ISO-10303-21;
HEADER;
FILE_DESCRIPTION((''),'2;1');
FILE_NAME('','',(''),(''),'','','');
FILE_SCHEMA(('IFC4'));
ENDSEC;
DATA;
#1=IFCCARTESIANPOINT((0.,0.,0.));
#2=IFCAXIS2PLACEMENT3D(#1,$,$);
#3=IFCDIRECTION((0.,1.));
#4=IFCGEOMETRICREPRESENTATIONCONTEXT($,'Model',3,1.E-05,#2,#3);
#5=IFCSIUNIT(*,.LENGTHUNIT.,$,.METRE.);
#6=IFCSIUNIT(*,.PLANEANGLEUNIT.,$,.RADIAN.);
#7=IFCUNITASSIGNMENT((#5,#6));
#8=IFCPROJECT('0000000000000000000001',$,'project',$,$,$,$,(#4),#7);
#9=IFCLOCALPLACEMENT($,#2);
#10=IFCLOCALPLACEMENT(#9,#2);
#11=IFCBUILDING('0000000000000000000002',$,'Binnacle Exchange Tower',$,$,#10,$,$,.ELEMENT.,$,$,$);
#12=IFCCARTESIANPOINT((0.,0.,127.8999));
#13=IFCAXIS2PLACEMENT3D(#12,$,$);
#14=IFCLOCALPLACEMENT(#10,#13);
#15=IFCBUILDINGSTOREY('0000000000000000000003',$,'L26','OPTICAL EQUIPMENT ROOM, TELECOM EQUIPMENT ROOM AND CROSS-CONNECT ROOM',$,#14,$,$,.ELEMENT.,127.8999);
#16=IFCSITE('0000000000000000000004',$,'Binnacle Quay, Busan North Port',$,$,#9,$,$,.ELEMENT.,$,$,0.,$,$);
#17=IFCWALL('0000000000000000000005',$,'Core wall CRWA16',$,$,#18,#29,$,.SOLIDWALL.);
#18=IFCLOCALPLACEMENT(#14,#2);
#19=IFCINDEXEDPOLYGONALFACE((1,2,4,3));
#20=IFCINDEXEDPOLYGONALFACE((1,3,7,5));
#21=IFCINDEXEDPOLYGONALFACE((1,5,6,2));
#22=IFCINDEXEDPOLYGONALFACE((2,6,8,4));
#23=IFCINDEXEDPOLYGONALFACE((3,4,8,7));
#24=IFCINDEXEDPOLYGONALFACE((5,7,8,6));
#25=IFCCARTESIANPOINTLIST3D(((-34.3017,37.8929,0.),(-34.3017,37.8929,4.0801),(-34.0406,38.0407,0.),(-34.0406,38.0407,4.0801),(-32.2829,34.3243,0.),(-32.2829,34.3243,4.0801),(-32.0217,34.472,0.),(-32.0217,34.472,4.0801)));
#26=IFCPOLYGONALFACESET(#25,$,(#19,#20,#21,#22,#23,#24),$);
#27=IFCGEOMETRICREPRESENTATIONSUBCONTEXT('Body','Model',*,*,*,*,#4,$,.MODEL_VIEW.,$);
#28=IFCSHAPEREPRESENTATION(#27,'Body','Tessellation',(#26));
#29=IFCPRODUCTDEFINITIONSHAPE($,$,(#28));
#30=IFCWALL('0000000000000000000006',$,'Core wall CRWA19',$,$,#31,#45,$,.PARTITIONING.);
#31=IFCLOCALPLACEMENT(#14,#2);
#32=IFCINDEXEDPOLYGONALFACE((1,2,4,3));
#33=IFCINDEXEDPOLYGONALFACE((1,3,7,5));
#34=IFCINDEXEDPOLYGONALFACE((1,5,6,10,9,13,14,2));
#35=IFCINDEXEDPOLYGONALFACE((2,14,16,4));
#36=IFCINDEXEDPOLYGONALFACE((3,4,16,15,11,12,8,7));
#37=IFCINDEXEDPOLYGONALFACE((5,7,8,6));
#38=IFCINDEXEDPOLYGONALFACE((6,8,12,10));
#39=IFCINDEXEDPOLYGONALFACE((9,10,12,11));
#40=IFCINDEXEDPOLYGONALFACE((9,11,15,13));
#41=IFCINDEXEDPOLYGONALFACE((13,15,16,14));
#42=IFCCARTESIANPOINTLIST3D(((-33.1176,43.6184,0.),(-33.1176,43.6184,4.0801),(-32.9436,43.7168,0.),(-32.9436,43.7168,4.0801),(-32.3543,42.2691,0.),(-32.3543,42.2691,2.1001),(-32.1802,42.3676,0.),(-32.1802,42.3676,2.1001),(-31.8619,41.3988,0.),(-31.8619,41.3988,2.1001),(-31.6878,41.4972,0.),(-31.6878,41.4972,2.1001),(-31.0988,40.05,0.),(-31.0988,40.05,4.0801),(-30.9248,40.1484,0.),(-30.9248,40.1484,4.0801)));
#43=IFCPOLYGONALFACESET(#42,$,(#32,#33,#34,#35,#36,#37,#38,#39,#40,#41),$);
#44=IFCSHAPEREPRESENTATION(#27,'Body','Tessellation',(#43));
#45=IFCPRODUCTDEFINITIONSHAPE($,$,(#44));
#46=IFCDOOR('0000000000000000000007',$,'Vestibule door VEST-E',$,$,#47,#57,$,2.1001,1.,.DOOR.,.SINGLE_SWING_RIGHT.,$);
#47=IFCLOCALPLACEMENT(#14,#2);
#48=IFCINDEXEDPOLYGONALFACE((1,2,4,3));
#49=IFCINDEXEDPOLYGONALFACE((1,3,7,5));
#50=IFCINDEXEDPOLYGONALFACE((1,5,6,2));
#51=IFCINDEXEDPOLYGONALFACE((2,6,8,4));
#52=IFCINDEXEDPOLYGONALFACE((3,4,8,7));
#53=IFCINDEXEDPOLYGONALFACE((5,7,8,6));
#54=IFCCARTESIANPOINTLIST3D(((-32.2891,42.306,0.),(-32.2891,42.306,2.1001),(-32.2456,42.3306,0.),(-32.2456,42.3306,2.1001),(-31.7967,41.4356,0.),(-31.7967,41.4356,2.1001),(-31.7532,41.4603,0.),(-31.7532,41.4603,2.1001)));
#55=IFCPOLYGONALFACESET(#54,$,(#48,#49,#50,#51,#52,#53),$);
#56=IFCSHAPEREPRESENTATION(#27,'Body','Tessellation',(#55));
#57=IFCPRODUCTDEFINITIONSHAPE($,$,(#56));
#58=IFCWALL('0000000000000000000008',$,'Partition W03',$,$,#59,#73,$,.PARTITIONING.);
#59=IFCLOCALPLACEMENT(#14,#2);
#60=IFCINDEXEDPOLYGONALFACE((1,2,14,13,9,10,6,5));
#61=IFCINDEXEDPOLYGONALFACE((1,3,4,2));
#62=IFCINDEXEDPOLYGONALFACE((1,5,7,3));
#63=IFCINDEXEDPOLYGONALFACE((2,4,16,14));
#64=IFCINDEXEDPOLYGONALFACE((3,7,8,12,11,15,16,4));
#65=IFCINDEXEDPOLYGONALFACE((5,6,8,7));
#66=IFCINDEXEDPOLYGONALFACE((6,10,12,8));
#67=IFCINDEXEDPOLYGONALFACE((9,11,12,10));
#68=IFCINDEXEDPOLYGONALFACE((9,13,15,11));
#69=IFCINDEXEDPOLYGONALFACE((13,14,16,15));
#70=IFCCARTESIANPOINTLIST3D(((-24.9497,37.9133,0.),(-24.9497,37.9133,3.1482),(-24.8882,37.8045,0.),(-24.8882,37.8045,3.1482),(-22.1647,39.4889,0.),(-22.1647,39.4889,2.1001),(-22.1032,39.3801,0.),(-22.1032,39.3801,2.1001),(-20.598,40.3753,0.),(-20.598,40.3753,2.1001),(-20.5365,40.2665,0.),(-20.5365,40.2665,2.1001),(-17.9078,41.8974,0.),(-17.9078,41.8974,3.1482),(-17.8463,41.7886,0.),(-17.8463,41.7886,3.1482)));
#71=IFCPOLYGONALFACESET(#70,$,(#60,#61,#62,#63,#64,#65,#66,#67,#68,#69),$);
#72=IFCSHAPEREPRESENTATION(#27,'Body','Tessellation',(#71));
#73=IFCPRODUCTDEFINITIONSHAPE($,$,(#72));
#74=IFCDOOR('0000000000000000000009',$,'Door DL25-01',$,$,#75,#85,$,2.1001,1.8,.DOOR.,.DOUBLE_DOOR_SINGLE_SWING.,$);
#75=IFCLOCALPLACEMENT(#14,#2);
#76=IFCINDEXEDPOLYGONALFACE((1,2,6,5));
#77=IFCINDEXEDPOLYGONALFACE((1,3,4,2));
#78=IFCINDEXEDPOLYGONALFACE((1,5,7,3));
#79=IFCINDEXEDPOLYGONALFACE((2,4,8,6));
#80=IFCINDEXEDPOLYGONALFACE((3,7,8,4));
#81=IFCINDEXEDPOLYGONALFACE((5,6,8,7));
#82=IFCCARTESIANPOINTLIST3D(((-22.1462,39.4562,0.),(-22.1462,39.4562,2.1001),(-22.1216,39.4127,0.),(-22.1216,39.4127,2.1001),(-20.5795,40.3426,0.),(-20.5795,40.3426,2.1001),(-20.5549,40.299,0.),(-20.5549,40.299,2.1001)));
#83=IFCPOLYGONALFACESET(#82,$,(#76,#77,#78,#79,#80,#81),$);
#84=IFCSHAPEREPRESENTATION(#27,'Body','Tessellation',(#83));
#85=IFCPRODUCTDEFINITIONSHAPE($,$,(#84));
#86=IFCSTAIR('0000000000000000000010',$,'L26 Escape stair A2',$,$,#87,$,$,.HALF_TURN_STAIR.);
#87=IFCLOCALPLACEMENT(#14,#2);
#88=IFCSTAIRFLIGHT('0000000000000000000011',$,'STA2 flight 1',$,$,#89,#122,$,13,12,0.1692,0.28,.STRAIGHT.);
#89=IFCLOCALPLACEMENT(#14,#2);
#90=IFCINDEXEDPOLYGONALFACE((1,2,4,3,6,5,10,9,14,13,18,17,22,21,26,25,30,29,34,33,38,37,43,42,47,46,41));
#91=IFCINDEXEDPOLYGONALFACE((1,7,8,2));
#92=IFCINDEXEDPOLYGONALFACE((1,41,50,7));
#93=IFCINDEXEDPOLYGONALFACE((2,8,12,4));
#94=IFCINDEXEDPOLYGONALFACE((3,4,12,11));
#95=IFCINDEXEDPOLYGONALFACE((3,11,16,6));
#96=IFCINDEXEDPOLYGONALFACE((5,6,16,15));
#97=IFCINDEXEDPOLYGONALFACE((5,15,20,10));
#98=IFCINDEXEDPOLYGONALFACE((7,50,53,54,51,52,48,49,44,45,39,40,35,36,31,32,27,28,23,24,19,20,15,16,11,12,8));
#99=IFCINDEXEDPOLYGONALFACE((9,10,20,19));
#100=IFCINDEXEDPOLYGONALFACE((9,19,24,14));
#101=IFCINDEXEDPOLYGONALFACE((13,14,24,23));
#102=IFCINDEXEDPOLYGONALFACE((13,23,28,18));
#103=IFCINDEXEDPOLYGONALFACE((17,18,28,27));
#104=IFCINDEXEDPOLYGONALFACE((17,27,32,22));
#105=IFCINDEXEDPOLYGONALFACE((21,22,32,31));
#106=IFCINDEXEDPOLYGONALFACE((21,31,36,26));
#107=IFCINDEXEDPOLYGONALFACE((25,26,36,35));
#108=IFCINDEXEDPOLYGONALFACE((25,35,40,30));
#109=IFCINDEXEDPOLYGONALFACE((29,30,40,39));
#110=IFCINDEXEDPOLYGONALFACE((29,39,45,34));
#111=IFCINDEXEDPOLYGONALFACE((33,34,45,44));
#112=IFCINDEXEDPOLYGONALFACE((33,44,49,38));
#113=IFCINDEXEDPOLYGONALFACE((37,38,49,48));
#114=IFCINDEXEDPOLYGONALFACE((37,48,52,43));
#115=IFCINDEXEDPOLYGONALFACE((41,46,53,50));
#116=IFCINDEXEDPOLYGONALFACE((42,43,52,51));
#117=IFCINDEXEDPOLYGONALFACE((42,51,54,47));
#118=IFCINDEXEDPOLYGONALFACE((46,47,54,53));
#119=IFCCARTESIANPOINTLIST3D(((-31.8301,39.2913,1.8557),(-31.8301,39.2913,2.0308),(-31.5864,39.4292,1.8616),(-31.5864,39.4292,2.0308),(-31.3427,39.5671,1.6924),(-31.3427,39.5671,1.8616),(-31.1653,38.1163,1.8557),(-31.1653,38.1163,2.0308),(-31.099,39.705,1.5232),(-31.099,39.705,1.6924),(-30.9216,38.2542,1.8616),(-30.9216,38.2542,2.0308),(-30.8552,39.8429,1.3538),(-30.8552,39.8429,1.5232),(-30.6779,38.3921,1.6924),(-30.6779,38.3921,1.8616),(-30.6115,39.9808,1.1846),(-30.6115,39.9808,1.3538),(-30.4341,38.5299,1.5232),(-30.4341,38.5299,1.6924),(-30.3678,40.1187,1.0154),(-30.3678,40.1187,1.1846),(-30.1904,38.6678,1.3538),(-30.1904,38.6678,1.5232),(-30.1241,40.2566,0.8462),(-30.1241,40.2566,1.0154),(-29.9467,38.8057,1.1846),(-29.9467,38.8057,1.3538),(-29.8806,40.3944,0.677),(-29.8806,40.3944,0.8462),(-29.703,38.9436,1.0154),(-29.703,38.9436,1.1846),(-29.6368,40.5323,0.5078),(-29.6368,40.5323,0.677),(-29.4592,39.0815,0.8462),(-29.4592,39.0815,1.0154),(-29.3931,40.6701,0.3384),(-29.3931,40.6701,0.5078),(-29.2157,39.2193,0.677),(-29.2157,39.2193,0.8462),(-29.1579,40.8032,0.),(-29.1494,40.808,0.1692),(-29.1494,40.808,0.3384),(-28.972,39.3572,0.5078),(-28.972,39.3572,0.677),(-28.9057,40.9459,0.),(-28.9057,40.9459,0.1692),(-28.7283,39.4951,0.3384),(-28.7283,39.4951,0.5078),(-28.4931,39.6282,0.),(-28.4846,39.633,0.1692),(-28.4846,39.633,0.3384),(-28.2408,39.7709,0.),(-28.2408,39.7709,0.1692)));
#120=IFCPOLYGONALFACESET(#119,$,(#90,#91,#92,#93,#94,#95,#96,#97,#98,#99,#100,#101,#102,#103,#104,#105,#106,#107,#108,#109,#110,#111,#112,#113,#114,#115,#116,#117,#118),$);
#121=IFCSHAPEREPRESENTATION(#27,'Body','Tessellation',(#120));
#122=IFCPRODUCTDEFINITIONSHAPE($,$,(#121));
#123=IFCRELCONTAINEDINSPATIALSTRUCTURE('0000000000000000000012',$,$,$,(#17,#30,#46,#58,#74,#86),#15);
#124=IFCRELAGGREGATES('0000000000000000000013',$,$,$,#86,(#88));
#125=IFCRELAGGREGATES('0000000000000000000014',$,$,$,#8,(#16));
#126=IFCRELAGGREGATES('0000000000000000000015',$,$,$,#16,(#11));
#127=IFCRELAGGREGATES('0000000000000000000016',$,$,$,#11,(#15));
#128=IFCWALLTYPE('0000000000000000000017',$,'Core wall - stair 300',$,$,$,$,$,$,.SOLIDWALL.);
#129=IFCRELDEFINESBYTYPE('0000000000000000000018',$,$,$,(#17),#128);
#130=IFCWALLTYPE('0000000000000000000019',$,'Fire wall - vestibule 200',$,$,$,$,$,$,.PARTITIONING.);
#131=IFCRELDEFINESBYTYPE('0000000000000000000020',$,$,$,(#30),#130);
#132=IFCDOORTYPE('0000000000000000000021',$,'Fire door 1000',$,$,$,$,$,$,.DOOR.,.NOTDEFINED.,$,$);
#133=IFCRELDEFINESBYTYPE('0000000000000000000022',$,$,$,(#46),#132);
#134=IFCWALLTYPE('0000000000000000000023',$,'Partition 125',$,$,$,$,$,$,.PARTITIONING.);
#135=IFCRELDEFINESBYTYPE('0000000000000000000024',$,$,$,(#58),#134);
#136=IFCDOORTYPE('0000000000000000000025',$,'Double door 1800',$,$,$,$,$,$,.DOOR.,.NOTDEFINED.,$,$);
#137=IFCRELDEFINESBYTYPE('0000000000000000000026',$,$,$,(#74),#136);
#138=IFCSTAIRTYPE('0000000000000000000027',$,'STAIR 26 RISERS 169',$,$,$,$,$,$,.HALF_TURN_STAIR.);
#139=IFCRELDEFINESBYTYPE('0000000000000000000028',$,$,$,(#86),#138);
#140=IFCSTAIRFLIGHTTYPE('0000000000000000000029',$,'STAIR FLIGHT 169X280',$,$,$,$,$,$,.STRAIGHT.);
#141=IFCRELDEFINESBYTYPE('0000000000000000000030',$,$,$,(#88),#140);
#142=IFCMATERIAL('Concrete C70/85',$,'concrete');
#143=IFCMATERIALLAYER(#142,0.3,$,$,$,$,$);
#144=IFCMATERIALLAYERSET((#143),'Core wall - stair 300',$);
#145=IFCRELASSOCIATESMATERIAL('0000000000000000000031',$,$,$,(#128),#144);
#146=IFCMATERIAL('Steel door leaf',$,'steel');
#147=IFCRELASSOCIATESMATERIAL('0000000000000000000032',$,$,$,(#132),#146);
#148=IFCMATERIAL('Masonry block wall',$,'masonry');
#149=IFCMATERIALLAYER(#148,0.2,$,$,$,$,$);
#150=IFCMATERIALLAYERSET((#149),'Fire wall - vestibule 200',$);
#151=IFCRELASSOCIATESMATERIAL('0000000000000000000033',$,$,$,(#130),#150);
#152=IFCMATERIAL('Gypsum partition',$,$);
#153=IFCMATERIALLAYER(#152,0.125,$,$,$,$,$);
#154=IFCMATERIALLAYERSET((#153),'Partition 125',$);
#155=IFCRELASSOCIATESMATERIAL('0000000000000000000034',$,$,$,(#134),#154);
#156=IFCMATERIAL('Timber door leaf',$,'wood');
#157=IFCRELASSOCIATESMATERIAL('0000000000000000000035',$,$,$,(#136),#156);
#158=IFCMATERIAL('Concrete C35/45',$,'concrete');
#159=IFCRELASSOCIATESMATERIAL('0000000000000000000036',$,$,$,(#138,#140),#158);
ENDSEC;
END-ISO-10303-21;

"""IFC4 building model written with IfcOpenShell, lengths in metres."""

from ifc_helpers import new_model, si_unit, direction, frame, frame_2d, origin, place, context, subcontext, project, spatial, polyline, rectangle, outline, extrude, material, layer, layer_set, type_object, element, fill, aggregate, save


model = new_model("IFC4")

# Units and contexts
model_context = context("Model", 3, precision=1e-05, world=origin(), true_north=direction((0.0, 1.0)))
body_context = subcontext(model_context, "Body", "Model", "MODEL_VIEW")
ifc_project = project(units=[si_unit("LENGTHUNIT", "METRE"), si_unit("PLANEANGLEUNIT", "RADIAN")], contexts=[model_context])

# Site, building, storey
site_placement = place(None, origin())
site = spatial("IfcSite", under=ifc_project, at=site_placement, Name="Binnacle Quay, Busan North Port", CompositionType="ELEMENT", RefElevation=0.0)
building_placement = place(site_placement, origin())
building = spatial("IfcBuilding", under=site, at=building_placement, Name="Binnacle Exchange Tower", CompositionType="ELEMENT")
storey_placement = place(building_placement, frame((0.0, 0.0, 127.8999)))
storey = spatial("IfcBuildingStorey", under=building, at=storey_placement, Name="L26", Description="OPTICAL EQUIPMENT ROOM, TELECOM EQUIPMENT ROOM AND CROSS-CONNECT ROOM", CompositionType="ELEMENT", Elevation=127.8999)

# Shared definitions
ifc_material_1 = material(Name="Concrete C70/85", Category="concrete")

# Shared definitions
ifc_material_2 = material(Name="Steel door leaf", Category="steel")

# Shared definitions
ifc_layer_1 = layer(ifc_material_1, 0.3)
ifc_layer_set_1 = layer_set([ifc_layer_1], Name="Core wall - stair 300")
wall_type_1 = type_object("IfcWallType", Name="Core wall - stair 300", PredefinedType="SOLIDWALL", material=ifc_layer_set_1)
door_type_1 = type_object("IfcDoorType", Name="Fire door 1000", OperationType="NOTDEFINED", PredefinedType="DOOR", material=ifc_material_2)

# Wall
wall_1_placement = place(storey_placement, frame((-34.1711, 37.9668, 0.0), z_axis=(0.0, 0.0, 1.0), x_axis=(0.492383, -0.870379, 0.0)))
element("IfcWall", 1, at=wall_1_placement, inside=storey, type_object=wall_type_1, Name="Core wall CRWA16", PredefinedType="SOLIDWALL", context=body_context, shape_type="SweptSolid", body=[
    extrude(rectangle(XDim=4.1001, YDim=0.3, at=frame_2d((2.05, 0.0))), origin(), (0.0, 0.0, 1.0), 4.0801),
])

# Walls, openings, doors
ifc_material_3 = material(Name="Masonry block wall", Category="masonry")
ifc_layer_2 = layer(ifc_material_3, 0.2)
ifc_layer_set_2 = layer_set([ifc_layer_2], Name="Fire wall - vestibule 200")
wall_type_2 = type_object("IfcWallType", Name="Fire wall - vestibule 200", PredefinedType="PARTITIONING", material=ifc_layer_set_2)
wall_2_placement = place(storey_placement, frame((-33.0305, 43.6675, 0.0), z_axis=(0.0, 0.0, 1.0), x_axis=(0.492408, -0.870364, 0.0)))
wall_2 = element("IfcWall", 2, at=wall_2_placement, inside=storey, type_object=wall_type_2, Name="Core wall CRWA19", PredefinedType="PARTITIONING", context=body_context, shape_type="SweptSolid", body=[
    extrude(rectangle(XDim=4.0999, YDim=0.2, at=frame_2d((2.0498, 0.0))), origin(), (0.0, 0.0, 1.0), 4.0801),
])
opening_1_placement = place(wall_2_placement, frame((1.55, 0.0, 0.0)))
opening_1 = element("IfcOpeningElement", 3, at=opening_1_placement, cuts=wall_2, PredefinedType="OPENING", context=body_context, shape_type="SweptSolid", body=[
    extrude(rectangle(XDim=1.0, YDim=2.1001, at=frame_2d((0.5, 1.05))), frame((0.0, 0.1099, 0.0), z_axis=(0.0, -1.0, 0.0), x_axis=(1.0, 0.0, 0.0)), (0.0, 0.0, 1.0), 0.22),
])
door_1_placement = place(opening_1_placement, origin())
door_1 = element("IfcDoor", 4, at=door_1_placement, inside=storey, type_object=door_type_1, Name="Vestibule door VEST-E", OperationType="SINGLE_SWING_RIGHT", OverallHeight=2.1001, OverallWidth=1.0, PredefinedType="DOOR", context=body_context, shape_type="SweptSolid", body=[
    extrude(rectangle(XDim=1.0, YDim=2.1001, at=frame_2d((0.5, 1.05))), frame((0.0, 0.0249, 0.0), z_axis=(0.0, -1.0, 0.0), x_axis=(1.0, 0.0, 0.0)), (0.0, 0.0, 1.0), 0.05),
])
fill(opening_1, door_1)
ifc_material_4 = material(Name="Gypsum partition")
ifc_layer_3 = layer(ifc_material_4, 0.125)
ifc_layer_set_3 = layer_set([ifc_layer_3], Name="Partition 125")
wall_type_3 = type_object("IfcWallType", Name="Partition 125", PredefinedType="PARTITIONING", material=ifc_layer_set_3)
wall_3_placement = place(storey_placement, frame((-24.9189, 37.8589, 0.0), z_axis=(0.0, 0.0, 1.0), x_axis=(0.870358, 0.49242, 0.0)))
wall_3 = element("IfcWall", 5, at=wall_3_placement, inside=storey, type_object=wall_type_3, Name="Partition W03", PredefinedType="PARTITIONING", context=body_context, shape_type="SweptSolid", body=[
    extrude(rectangle(XDim=8.0908, YDim=0.125, at=frame_2d((4.0454, 0.0))), origin(), (0.0, 0.0, 1.0), 3.1482),
])
opening_2_placement = place(wall_3_placement, frame((3.2, 0.0, 0.0)))
opening_2 = element("IfcOpeningElement", 6, at=opening_2_placement, cuts=wall_3, PredefinedType="OPENING", context=body_context, shape_type="SweptSolid", body=[
    extrude(rectangle(XDim=1.8, YDim=2.1001, at=frame_2d((0.8999, 1.05))), frame((0.0, 0.0725, 0.0), z_axis=(0.0, -1.0, 0.0), x_axis=(1.0, 0.0, 0.0)), (0.0, 0.0, 1.0), 0.145),
])
ifc_material_5 = material(Name="Timber door leaf", Category="wood")
door_type_2 = type_object("IfcDoorType", Name="Double door 1800", OperationType="NOTDEFINED", PredefinedType="DOOR", material=ifc_material_5)
door_2_placement = place(opening_2_placement, origin())
door_2 = element("IfcDoor", 7, at=door_2_placement, inside=storey, type_object=door_type_2, Name="Door DL25-01", OperationType="DOUBLE_DOOR_SINGLE_SWING", OverallHeight=2.1001, OverallWidth=1.8, PredefinedType="DOOR", context=body_context, shape_type="SweptSolid", body=[
    extrude(rectangle(XDim=1.8, YDim=2.1001, at=frame_2d((0.8999, 1.05))), frame((0.0, 0.0249, 0.0), z_axis=(0.0, -1.0, 0.0), x_axis=(1.0, 0.0, 0.0)), (0.0, 0.0, 1.0), 0.05),
])
fill(opening_2, door_2)

# Stair, stair flight
ifc_material_6 = material(Name="Concrete C35/45", Category="concrete")
stair_type = type_object("IfcStairType", Name="STAIR 26 RISERS 169", PredefinedType="HALF_TURN_STAIR", material=ifc_material_6)
stair_placement = place(storey_placement, origin())
stair = element("IfcStair", 8, at=stair_placement, inside=storey, type_object=stair_type, Name="L26 Escape stair A2", PredefinedType="HALF_TURN_STAIR")
stair_flight_type = type_object("IfcStairFlightType", Name="STAIR FLIGHT 169X280", PredefinedType="STRAIGHT", material=ifc_material_6)
stair_flight_placement = place(storey_placement, frame((-28.5732, 40.3584, 0.0), z_axis=(0.0, 0.0, 1.0), x_axis=(-0.870356, -0.492424, 0.0)))
stair_flight = element("IfcStairFlight", 9, at=stair_flight_placement, type_object=stair_flight_type, Name="STA2 flight 1", NumberOfRisers=13, NumberOfTreads=12, PredefinedType="STRAIGHT", RiserHeight=0.1692, TreadLength=0.28, context=body_context, shape_type="SweptSolid", body=[
    extrude(outline(polyline([(0.0, 0.0), (0.0, 0.1692), (0.28, 0.1692), (0.28, 0.3384), (0.5601, 0.3384), (0.5601, 0.5078), (0.8401, 0.5078), (0.8401, 0.677), (1.1201, 0.677), (1.1201, 0.8462), (1.3999, 0.8462), (1.3999, 1.0154), (1.6799, 1.0154), (1.6799, 1.1846), (1.96, 1.1846), (1.96, 1.3538), (2.24, 1.3538), (2.24, 1.5232), (2.52, 1.5232), (2.52, 1.6924), (2.8, 1.6924), (2.8, 1.8616), (3.0801, 1.8616), (3.0801, 2.0308), (3.3601, 2.0308), (3.3601, 2.2), (3.3601, 1.8557), (0.2898, 0.0), (0.0, 0.0)])), frame((0.0, 0.675, 0.0), z_axis=(0.0, -1.0, 0.0), x_axis=(1.0, 0.0, 0.0)), (0.0, 0.0, 1.0), 1.3501),
])
aggregate(stair, [stair_flight])

save(model, "model.ifc")
